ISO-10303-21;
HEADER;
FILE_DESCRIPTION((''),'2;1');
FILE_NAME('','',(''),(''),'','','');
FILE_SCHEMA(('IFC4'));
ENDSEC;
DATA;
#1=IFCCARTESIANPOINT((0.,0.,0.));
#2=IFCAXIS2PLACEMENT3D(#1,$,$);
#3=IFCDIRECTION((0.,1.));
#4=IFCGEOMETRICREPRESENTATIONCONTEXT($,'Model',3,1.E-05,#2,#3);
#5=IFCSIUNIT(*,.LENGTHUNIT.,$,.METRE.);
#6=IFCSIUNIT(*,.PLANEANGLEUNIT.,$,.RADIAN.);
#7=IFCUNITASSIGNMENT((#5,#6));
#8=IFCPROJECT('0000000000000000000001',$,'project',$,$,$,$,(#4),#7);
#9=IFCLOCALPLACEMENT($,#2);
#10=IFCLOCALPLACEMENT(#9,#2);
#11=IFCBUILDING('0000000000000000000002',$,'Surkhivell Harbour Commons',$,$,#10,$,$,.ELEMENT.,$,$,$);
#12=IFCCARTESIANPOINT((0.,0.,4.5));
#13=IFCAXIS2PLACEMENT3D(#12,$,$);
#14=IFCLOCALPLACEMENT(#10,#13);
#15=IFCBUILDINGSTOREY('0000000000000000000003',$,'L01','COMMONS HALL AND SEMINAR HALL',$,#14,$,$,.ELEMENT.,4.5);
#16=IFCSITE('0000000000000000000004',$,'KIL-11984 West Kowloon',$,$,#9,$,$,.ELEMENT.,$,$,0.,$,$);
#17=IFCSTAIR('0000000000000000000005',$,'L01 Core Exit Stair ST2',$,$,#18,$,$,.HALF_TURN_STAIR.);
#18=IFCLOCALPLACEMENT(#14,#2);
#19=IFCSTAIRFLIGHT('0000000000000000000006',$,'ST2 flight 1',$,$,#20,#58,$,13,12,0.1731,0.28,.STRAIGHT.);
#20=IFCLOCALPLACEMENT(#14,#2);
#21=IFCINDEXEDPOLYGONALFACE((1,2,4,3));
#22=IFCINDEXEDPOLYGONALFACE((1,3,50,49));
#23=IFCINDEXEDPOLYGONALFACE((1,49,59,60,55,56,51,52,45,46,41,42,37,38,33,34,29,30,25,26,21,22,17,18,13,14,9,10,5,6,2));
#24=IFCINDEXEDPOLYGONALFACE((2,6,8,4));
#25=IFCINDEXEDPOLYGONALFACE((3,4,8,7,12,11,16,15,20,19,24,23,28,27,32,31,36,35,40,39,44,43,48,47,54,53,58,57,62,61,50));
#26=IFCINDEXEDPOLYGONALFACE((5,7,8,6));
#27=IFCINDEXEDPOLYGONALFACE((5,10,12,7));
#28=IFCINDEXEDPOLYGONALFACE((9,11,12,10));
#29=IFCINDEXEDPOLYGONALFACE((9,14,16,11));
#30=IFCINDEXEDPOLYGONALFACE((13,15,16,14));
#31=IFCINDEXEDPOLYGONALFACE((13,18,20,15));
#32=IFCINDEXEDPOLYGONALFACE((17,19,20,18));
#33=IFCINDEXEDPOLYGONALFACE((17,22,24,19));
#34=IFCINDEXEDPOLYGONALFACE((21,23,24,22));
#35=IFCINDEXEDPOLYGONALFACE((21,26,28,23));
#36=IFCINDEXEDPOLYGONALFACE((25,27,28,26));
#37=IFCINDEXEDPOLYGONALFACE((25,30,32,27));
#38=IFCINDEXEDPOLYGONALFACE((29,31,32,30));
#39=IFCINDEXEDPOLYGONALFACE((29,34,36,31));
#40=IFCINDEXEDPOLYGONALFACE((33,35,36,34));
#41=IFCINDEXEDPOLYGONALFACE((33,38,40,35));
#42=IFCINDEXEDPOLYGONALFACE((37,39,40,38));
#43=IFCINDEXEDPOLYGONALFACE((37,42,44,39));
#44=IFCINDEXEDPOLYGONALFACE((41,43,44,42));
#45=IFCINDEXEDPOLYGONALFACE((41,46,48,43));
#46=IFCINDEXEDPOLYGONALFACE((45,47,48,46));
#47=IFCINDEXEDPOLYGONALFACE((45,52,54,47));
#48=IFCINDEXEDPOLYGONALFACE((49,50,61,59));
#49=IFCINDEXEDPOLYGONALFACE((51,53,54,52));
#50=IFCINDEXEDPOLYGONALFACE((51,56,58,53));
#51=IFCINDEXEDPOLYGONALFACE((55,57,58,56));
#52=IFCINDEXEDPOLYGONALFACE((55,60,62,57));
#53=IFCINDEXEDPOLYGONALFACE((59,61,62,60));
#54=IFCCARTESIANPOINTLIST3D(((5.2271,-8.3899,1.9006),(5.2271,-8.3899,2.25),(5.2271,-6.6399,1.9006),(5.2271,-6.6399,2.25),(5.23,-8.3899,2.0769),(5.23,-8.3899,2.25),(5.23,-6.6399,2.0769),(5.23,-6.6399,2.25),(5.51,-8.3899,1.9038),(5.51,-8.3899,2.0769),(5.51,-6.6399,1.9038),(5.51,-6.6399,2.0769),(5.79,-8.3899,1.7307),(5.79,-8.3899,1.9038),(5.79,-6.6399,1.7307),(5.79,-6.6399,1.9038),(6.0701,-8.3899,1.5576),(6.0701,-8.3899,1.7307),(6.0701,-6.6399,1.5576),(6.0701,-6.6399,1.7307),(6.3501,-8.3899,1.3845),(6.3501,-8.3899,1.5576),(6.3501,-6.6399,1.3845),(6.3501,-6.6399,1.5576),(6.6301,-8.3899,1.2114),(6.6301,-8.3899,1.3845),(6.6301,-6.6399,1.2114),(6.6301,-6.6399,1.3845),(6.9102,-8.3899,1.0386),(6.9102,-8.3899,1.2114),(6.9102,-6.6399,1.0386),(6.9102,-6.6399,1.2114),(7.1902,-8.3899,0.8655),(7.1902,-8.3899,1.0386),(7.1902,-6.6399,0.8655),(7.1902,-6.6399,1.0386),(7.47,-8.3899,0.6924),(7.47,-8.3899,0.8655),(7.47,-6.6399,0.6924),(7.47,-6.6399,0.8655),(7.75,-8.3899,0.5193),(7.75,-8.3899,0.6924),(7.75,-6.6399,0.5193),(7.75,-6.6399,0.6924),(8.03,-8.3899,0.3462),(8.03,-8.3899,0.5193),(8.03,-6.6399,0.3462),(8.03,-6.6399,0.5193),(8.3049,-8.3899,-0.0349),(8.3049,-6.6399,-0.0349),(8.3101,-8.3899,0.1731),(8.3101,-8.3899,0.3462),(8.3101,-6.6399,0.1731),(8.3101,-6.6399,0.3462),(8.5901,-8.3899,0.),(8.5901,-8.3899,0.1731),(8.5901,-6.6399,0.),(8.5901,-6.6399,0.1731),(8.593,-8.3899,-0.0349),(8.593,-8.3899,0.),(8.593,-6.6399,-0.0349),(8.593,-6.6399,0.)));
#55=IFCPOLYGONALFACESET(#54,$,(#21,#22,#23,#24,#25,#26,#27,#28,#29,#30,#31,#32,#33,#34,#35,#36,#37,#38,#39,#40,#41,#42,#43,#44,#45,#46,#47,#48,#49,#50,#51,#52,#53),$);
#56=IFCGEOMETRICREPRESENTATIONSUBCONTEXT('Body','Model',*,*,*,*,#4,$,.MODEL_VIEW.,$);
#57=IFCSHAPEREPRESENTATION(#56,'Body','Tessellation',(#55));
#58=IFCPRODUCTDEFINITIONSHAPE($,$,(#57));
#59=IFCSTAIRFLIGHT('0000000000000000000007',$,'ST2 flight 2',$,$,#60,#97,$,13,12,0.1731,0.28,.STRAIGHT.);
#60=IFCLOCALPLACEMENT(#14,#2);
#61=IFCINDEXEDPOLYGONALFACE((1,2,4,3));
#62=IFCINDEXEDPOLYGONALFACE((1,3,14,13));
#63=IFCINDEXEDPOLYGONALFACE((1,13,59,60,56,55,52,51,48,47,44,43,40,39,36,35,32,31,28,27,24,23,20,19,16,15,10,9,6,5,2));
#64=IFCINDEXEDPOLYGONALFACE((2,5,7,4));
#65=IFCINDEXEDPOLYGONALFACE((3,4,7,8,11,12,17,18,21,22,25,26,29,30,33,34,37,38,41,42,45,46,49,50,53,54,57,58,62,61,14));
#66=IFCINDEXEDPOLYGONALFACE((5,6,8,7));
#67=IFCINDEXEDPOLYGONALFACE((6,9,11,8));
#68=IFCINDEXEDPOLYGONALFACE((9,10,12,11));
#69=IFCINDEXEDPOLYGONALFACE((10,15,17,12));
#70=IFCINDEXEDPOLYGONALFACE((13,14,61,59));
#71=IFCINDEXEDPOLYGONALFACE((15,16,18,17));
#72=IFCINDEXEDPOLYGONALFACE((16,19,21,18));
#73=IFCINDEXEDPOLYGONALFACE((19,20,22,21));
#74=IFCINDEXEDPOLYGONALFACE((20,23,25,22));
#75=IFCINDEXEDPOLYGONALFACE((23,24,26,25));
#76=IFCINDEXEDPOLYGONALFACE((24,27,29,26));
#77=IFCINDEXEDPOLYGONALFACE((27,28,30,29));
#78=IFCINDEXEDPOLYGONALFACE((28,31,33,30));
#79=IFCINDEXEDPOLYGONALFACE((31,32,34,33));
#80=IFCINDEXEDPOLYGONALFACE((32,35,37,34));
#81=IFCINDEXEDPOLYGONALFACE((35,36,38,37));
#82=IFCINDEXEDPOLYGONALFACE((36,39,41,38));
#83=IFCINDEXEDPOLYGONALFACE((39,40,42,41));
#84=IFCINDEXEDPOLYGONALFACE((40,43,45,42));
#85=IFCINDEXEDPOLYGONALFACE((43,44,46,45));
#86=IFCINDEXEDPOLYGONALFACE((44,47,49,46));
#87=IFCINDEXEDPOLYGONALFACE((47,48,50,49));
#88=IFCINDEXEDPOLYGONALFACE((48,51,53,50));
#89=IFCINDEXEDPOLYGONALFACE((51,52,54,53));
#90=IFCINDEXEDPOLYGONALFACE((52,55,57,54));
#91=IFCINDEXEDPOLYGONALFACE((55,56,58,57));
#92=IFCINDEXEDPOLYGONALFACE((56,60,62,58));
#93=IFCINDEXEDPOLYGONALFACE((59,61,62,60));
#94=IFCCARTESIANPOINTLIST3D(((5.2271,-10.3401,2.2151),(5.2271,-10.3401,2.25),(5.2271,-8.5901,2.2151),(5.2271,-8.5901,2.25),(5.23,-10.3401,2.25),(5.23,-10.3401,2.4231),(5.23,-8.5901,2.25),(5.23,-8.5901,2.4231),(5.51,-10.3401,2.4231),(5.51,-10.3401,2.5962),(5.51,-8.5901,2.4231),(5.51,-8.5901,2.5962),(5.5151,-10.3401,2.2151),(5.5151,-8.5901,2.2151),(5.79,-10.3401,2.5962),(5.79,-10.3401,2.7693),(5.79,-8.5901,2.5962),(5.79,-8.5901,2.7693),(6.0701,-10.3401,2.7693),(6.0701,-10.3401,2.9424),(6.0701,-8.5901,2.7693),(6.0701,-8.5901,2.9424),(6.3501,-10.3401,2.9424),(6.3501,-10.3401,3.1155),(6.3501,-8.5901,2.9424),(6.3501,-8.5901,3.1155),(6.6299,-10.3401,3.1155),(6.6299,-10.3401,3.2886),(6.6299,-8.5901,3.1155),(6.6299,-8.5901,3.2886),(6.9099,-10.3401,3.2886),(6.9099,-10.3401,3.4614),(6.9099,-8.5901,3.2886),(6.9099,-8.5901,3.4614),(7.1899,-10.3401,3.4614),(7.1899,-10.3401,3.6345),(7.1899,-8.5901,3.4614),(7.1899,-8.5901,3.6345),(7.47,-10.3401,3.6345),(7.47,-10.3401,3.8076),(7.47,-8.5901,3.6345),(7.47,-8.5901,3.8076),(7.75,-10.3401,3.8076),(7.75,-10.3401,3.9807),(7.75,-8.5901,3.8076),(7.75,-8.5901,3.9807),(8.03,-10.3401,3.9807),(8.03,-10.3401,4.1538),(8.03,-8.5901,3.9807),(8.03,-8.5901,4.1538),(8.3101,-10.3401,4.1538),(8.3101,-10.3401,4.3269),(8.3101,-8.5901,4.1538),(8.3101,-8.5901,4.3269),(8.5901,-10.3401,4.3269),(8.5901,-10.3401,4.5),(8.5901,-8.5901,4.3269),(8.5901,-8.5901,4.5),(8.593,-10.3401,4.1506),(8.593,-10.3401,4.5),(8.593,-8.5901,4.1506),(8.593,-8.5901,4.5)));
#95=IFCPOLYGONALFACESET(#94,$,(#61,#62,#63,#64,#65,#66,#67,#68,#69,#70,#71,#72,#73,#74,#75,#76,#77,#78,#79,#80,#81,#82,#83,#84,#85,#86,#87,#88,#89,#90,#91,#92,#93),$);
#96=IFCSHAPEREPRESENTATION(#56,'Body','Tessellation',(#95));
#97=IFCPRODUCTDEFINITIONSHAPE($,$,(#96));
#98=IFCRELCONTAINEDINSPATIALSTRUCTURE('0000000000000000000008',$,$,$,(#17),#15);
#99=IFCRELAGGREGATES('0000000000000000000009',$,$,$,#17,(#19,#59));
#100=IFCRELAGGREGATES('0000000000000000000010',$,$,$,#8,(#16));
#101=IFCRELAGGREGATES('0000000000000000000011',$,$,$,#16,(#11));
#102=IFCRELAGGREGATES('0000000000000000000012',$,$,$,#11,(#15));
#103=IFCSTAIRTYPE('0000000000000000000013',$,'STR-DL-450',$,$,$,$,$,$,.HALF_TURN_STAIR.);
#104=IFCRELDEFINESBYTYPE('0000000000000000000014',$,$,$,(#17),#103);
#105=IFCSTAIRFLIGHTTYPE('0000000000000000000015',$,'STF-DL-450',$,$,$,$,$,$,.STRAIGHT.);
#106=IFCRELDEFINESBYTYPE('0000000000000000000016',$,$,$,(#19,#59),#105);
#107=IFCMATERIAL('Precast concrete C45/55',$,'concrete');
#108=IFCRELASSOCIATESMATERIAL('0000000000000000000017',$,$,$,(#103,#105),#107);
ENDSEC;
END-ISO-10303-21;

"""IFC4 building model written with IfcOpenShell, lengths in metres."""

from ifc_helpers import new_model, si_unit, direction, frame, origin, place, context, subcontext, project, spatial, polyline, outline, extrude, material, type_object, element, aggregate, save


model = new_model("IFC4")

# Units and contexts
model_context = context("Model", 3, precision=1e-05, world=origin(), true_north=direction((0.0, 1.0)))
body_context = subcontext(model_context, "Body", "Model", "MODEL_VIEW")
ifc_project = project(units=[si_unit("LENGTHUNIT", "METRE"), si_unit("PLANEANGLEUNIT", "RADIAN")], contexts=[model_context])

# Site, building, storey
site_placement = place(None, origin())
site = spatial("IfcSite", under=ifc_project, at=site_placement, Name="KIL-11984 West Kowloon", CompositionType="ELEMENT", RefElevation=0.0)
building_placement = place(site_placement, origin())
building = spatial("IfcBuilding", under=site, at=building_placement, Name="Surkhivell Harbour Commons", CompositionType="ELEMENT")
storey_placement = place(building_placement, frame((0.0, 0.0, 4.5)))
storey = spatial("IfcBuildingStorey", under=building, at=storey_placement, Name="L01", Description="COMMONS HALL AND SEMINAR HALL", CompositionType="ELEMENT", Elevation=4.5)

# Stair, stair flights
ifc_material_1 = material(Name="Precast concrete C45/55", Category="concrete")
stair_type = type_object("IfcStairType", Name="STR-DL-450", PredefinedType="HALF_TURN_STAIR", material=ifc_material_1)
stair_placement = place(storey_placement, origin())
stair = element("IfcStair", 1, at=stair_placement, inside=storey, type_object=stair_type, Name="L01 Core Exit Stair ST2", PredefinedType="HALF_TURN_STAIR")
stair_flight_type = type_object("IfcStairFlightType", Name="STF-DL-450", PredefinedType="STRAIGHT", material=ifc_material_1)
stair_flight_1_placement = place(storey_placement, frame((8.5901, -7.5149, 0.0), z_axis=(0.0, 0.0, 1.0), x_axis=(-1.0, 0.0, 0.0)))
stair_flight_1 = element("IfcStairFlight", 2, at=stair_flight_1_placement, type_object=stair_flight_type, Name="ST2 flight 1", NumberOfRisers=13, NumberOfTreads=12, PredefinedType="STRAIGHT", RiserHeight=0.1731, TreadLength=0.28, context=body_context, shape_type="SweptSolid", body=[
    extrude(outline(polyline([(-0.0029, -0.0349), (-0.0029, 0.0), (0.0, 0.0), (0.0, 0.1731), (0.28, 0.1731), (0.28, 0.3462), (0.5601, 0.3462), (0.5601, 0.5193), (0.8401, 0.5193), (0.8401, 0.6924), (1.1201, 0.6924), (1.1201, 0.8655), (1.3999, 0.8655), (1.3999, 1.0386), (1.6799, 1.0386), (1.6799, 1.2114), (1.96, 1.2114), (1.96, 1.3845), (2.24, 1.3845), (2.24, 1.5576), (2.52, 1.5576), (2.52, 1.7307), (2.8, 1.7307), (2.8, 1.9038), (3.0801, 1.9038), (3.0801, 2.0769), (3.3601, 2.0769), (3.3601, 2.25), (3.363, 2.25), (3.363, 1.9006), (0.2852, -0.0349), (-0.0029, -0.0349)])), frame((0.0, 0.875, 0.0), z_axis=(0.0, -1.0, 0.0), x_axis=(1.0, 0.0, 0.0)), (0.0, 0.0, 1.0), 1.75),
])
stair_flight_2_placement = place(storey_placement, frame((5.23, -9.4651, 2.25), z_axis=(0.0, 0.0, 1.0), x_axis=(1.0, 0.0, 0.0)))
stair_flight_2 = element("IfcStairFlight", 3, at=stair_flight_2_placement, type_object=stair_flight_type, Name="ST2 flight 2", NumberOfRisers=13, NumberOfTreads=12, PredefinedType="STRAIGHT", RiserHeight=0.1731, TreadLength=0.28, context=body_context, shape_type="SweptSolid", body=[
    extrude(outline(polyline([(-0.0029, -0.0349), (-0.0029, 0.0), (0.0, 0.0), (0.0, 0.1731), (0.28, 0.1731), (0.28, 0.3462), (0.5601, 0.3462), (0.5601, 0.5193), (0.8401, 0.5193), (0.8401, 0.6924), (1.1201, 0.6924), (1.1201, 0.8655), (1.3999, 0.8655), (1.3999, 1.0386), (1.6799, 1.0386), (1.6799, 1.2114), (1.96, 1.2114), (1.96, 1.3845), (2.24, 1.3845), (2.24, 1.5576), (2.52, 1.5576), (2.52, 1.7307), (2.8, 1.7307), (2.8, 1.9038), (3.0801, 1.9038), (3.0801, 2.0769), (3.3601, 2.0769), (3.3601, 2.25), (3.363, 2.25), (3.363, 1.9006), (0.2852, -0.0349), (-0.0029, -0.0349)])), frame((0.0, 0.875, 0.0), z_axis=(0.0, -1.0, 0.0), x_axis=(1.0, 0.0, 0.0)), (0.0, 0.0, 1.0), 1.75),
])
aggregate(stair, [stair_flight_1, stair_flight_2])

save(model, "model.ifc")
